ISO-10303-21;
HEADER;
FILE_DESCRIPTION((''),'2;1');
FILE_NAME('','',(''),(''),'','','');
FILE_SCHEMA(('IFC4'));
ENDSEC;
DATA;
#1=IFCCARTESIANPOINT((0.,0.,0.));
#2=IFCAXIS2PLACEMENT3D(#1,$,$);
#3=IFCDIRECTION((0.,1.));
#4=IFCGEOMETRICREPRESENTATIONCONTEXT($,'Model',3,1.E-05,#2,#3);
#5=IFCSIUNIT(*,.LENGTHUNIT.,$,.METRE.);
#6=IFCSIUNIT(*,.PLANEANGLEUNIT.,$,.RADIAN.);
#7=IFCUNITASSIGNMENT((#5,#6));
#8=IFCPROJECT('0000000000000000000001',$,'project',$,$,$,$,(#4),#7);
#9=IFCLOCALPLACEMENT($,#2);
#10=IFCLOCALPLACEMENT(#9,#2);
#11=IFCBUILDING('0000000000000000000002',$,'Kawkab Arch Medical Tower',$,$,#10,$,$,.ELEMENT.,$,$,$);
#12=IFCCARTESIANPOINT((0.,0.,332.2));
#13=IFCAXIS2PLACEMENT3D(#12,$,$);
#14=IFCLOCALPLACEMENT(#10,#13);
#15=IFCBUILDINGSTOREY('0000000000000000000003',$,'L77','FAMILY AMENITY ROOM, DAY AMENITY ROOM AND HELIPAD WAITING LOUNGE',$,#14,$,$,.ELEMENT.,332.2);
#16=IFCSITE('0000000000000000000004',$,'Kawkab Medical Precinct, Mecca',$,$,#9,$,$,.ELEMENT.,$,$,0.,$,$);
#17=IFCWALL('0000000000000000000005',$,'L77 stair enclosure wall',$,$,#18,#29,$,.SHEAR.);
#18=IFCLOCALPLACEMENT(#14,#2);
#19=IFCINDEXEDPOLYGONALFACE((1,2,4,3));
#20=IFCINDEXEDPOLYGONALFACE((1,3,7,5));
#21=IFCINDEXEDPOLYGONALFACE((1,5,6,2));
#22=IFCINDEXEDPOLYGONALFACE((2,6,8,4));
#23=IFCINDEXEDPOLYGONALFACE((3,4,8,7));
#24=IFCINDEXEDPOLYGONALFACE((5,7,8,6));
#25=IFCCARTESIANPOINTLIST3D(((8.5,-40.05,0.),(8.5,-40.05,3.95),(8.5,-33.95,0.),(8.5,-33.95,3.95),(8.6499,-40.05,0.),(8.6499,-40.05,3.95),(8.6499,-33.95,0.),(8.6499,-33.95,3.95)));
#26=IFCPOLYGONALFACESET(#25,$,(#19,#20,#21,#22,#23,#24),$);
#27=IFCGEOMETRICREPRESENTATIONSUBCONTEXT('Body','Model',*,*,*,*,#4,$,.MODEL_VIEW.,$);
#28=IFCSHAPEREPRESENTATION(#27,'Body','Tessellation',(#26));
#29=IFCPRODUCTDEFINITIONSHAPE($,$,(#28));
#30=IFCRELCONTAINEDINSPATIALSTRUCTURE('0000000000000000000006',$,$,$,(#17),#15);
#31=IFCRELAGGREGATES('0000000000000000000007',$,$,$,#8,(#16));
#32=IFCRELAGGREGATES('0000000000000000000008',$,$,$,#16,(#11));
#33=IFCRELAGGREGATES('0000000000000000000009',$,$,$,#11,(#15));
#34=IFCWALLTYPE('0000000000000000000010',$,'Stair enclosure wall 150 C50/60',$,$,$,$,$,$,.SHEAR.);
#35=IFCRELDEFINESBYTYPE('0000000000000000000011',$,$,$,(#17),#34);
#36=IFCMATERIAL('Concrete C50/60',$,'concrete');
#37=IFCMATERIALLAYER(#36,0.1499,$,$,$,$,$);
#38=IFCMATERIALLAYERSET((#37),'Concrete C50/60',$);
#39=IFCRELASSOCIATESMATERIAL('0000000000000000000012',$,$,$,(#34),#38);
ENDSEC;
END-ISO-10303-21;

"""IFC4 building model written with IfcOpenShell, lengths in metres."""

from ifc_helpers import new_model, si_unit, direction, frame, frame_2d, origin, place, context, subcontext, project, spatial, rectangle, extrude, material, layer, layer_set, type_object, element, save


model = new_model("IFC4")

# Units and contexts
model_context = context("Model", 3, precision=1e-05, world=origin(), true_north=direction((0.0, 1.0)))
body_context = subcontext(model_context, "Body", "Model", "MODEL_VIEW")
ifc_project = project(units=[si_unit("LENGTHUNIT", "METRE"), si_unit("PLANEANGLEUNIT", "RADIAN")], contexts=[model_context])

# Site, building, storey
site_placement = place(None, origin())
site = spatial("IfcSite", under=ifc_project, at=site_placement, Name="Kawkab Medical Precinct, Mecca", CompositionType="ELEMENT", RefElevation=0.0)
building_placement = place(site_placement, origin())
building = spatial("IfcBuilding", under=site, at=building_placement, Name="Kawkab Arch Medical Tower", CompositionType="ELEMENT")
storey_placement = place(building_placement, frame((0.0, 0.0, 332.2)))
storey = spatial("IfcBuildingStorey", under=building, at=storey_placement, Name="L77", Description="FAMILY AMENITY ROOM, DAY AMENITY ROOM AND HELIPAD WAITING LOUNGE", CompositionType="ELEMENT", Elevation=332.2)

# Wall
ifc_material_1 = material(Name="Concrete C50/60", Category="concrete")
ifc_layer_1 = layer(ifc_material_1, 0.1499)
ifc_layer_set_1 = layer_set([ifc_layer_1], Name="Concrete C50/60")
wall_type_1 = type_object("IfcWallType", Name="Stair enclosure wall 150 C50/60", PredefinedType="SHEAR", material=ifc_layer_set_1)
wall_1_placement = place(storey_placement, frame((8.575, -40.05, 0.0), z_axis=(0.0, 0.0, 1.0), x_axis=(0.0, 1.0, 0.0)))
element("IfcWall", 1, at=wall_1_placement, inside=storey, type_object=wall_type_1, Name="L77 stair enclosure wall", PredefinedType="SHEAR", context=body_context, shape_type="SweptSolid", body=[
    extrude(rectangle(XDim=6.1001, YDim=0.1499, at=frame_2d((3.05, 0.0))), origin(), (0.0, 0.0, 1.0), 3.95),
])

save(model, "model.ifc")
